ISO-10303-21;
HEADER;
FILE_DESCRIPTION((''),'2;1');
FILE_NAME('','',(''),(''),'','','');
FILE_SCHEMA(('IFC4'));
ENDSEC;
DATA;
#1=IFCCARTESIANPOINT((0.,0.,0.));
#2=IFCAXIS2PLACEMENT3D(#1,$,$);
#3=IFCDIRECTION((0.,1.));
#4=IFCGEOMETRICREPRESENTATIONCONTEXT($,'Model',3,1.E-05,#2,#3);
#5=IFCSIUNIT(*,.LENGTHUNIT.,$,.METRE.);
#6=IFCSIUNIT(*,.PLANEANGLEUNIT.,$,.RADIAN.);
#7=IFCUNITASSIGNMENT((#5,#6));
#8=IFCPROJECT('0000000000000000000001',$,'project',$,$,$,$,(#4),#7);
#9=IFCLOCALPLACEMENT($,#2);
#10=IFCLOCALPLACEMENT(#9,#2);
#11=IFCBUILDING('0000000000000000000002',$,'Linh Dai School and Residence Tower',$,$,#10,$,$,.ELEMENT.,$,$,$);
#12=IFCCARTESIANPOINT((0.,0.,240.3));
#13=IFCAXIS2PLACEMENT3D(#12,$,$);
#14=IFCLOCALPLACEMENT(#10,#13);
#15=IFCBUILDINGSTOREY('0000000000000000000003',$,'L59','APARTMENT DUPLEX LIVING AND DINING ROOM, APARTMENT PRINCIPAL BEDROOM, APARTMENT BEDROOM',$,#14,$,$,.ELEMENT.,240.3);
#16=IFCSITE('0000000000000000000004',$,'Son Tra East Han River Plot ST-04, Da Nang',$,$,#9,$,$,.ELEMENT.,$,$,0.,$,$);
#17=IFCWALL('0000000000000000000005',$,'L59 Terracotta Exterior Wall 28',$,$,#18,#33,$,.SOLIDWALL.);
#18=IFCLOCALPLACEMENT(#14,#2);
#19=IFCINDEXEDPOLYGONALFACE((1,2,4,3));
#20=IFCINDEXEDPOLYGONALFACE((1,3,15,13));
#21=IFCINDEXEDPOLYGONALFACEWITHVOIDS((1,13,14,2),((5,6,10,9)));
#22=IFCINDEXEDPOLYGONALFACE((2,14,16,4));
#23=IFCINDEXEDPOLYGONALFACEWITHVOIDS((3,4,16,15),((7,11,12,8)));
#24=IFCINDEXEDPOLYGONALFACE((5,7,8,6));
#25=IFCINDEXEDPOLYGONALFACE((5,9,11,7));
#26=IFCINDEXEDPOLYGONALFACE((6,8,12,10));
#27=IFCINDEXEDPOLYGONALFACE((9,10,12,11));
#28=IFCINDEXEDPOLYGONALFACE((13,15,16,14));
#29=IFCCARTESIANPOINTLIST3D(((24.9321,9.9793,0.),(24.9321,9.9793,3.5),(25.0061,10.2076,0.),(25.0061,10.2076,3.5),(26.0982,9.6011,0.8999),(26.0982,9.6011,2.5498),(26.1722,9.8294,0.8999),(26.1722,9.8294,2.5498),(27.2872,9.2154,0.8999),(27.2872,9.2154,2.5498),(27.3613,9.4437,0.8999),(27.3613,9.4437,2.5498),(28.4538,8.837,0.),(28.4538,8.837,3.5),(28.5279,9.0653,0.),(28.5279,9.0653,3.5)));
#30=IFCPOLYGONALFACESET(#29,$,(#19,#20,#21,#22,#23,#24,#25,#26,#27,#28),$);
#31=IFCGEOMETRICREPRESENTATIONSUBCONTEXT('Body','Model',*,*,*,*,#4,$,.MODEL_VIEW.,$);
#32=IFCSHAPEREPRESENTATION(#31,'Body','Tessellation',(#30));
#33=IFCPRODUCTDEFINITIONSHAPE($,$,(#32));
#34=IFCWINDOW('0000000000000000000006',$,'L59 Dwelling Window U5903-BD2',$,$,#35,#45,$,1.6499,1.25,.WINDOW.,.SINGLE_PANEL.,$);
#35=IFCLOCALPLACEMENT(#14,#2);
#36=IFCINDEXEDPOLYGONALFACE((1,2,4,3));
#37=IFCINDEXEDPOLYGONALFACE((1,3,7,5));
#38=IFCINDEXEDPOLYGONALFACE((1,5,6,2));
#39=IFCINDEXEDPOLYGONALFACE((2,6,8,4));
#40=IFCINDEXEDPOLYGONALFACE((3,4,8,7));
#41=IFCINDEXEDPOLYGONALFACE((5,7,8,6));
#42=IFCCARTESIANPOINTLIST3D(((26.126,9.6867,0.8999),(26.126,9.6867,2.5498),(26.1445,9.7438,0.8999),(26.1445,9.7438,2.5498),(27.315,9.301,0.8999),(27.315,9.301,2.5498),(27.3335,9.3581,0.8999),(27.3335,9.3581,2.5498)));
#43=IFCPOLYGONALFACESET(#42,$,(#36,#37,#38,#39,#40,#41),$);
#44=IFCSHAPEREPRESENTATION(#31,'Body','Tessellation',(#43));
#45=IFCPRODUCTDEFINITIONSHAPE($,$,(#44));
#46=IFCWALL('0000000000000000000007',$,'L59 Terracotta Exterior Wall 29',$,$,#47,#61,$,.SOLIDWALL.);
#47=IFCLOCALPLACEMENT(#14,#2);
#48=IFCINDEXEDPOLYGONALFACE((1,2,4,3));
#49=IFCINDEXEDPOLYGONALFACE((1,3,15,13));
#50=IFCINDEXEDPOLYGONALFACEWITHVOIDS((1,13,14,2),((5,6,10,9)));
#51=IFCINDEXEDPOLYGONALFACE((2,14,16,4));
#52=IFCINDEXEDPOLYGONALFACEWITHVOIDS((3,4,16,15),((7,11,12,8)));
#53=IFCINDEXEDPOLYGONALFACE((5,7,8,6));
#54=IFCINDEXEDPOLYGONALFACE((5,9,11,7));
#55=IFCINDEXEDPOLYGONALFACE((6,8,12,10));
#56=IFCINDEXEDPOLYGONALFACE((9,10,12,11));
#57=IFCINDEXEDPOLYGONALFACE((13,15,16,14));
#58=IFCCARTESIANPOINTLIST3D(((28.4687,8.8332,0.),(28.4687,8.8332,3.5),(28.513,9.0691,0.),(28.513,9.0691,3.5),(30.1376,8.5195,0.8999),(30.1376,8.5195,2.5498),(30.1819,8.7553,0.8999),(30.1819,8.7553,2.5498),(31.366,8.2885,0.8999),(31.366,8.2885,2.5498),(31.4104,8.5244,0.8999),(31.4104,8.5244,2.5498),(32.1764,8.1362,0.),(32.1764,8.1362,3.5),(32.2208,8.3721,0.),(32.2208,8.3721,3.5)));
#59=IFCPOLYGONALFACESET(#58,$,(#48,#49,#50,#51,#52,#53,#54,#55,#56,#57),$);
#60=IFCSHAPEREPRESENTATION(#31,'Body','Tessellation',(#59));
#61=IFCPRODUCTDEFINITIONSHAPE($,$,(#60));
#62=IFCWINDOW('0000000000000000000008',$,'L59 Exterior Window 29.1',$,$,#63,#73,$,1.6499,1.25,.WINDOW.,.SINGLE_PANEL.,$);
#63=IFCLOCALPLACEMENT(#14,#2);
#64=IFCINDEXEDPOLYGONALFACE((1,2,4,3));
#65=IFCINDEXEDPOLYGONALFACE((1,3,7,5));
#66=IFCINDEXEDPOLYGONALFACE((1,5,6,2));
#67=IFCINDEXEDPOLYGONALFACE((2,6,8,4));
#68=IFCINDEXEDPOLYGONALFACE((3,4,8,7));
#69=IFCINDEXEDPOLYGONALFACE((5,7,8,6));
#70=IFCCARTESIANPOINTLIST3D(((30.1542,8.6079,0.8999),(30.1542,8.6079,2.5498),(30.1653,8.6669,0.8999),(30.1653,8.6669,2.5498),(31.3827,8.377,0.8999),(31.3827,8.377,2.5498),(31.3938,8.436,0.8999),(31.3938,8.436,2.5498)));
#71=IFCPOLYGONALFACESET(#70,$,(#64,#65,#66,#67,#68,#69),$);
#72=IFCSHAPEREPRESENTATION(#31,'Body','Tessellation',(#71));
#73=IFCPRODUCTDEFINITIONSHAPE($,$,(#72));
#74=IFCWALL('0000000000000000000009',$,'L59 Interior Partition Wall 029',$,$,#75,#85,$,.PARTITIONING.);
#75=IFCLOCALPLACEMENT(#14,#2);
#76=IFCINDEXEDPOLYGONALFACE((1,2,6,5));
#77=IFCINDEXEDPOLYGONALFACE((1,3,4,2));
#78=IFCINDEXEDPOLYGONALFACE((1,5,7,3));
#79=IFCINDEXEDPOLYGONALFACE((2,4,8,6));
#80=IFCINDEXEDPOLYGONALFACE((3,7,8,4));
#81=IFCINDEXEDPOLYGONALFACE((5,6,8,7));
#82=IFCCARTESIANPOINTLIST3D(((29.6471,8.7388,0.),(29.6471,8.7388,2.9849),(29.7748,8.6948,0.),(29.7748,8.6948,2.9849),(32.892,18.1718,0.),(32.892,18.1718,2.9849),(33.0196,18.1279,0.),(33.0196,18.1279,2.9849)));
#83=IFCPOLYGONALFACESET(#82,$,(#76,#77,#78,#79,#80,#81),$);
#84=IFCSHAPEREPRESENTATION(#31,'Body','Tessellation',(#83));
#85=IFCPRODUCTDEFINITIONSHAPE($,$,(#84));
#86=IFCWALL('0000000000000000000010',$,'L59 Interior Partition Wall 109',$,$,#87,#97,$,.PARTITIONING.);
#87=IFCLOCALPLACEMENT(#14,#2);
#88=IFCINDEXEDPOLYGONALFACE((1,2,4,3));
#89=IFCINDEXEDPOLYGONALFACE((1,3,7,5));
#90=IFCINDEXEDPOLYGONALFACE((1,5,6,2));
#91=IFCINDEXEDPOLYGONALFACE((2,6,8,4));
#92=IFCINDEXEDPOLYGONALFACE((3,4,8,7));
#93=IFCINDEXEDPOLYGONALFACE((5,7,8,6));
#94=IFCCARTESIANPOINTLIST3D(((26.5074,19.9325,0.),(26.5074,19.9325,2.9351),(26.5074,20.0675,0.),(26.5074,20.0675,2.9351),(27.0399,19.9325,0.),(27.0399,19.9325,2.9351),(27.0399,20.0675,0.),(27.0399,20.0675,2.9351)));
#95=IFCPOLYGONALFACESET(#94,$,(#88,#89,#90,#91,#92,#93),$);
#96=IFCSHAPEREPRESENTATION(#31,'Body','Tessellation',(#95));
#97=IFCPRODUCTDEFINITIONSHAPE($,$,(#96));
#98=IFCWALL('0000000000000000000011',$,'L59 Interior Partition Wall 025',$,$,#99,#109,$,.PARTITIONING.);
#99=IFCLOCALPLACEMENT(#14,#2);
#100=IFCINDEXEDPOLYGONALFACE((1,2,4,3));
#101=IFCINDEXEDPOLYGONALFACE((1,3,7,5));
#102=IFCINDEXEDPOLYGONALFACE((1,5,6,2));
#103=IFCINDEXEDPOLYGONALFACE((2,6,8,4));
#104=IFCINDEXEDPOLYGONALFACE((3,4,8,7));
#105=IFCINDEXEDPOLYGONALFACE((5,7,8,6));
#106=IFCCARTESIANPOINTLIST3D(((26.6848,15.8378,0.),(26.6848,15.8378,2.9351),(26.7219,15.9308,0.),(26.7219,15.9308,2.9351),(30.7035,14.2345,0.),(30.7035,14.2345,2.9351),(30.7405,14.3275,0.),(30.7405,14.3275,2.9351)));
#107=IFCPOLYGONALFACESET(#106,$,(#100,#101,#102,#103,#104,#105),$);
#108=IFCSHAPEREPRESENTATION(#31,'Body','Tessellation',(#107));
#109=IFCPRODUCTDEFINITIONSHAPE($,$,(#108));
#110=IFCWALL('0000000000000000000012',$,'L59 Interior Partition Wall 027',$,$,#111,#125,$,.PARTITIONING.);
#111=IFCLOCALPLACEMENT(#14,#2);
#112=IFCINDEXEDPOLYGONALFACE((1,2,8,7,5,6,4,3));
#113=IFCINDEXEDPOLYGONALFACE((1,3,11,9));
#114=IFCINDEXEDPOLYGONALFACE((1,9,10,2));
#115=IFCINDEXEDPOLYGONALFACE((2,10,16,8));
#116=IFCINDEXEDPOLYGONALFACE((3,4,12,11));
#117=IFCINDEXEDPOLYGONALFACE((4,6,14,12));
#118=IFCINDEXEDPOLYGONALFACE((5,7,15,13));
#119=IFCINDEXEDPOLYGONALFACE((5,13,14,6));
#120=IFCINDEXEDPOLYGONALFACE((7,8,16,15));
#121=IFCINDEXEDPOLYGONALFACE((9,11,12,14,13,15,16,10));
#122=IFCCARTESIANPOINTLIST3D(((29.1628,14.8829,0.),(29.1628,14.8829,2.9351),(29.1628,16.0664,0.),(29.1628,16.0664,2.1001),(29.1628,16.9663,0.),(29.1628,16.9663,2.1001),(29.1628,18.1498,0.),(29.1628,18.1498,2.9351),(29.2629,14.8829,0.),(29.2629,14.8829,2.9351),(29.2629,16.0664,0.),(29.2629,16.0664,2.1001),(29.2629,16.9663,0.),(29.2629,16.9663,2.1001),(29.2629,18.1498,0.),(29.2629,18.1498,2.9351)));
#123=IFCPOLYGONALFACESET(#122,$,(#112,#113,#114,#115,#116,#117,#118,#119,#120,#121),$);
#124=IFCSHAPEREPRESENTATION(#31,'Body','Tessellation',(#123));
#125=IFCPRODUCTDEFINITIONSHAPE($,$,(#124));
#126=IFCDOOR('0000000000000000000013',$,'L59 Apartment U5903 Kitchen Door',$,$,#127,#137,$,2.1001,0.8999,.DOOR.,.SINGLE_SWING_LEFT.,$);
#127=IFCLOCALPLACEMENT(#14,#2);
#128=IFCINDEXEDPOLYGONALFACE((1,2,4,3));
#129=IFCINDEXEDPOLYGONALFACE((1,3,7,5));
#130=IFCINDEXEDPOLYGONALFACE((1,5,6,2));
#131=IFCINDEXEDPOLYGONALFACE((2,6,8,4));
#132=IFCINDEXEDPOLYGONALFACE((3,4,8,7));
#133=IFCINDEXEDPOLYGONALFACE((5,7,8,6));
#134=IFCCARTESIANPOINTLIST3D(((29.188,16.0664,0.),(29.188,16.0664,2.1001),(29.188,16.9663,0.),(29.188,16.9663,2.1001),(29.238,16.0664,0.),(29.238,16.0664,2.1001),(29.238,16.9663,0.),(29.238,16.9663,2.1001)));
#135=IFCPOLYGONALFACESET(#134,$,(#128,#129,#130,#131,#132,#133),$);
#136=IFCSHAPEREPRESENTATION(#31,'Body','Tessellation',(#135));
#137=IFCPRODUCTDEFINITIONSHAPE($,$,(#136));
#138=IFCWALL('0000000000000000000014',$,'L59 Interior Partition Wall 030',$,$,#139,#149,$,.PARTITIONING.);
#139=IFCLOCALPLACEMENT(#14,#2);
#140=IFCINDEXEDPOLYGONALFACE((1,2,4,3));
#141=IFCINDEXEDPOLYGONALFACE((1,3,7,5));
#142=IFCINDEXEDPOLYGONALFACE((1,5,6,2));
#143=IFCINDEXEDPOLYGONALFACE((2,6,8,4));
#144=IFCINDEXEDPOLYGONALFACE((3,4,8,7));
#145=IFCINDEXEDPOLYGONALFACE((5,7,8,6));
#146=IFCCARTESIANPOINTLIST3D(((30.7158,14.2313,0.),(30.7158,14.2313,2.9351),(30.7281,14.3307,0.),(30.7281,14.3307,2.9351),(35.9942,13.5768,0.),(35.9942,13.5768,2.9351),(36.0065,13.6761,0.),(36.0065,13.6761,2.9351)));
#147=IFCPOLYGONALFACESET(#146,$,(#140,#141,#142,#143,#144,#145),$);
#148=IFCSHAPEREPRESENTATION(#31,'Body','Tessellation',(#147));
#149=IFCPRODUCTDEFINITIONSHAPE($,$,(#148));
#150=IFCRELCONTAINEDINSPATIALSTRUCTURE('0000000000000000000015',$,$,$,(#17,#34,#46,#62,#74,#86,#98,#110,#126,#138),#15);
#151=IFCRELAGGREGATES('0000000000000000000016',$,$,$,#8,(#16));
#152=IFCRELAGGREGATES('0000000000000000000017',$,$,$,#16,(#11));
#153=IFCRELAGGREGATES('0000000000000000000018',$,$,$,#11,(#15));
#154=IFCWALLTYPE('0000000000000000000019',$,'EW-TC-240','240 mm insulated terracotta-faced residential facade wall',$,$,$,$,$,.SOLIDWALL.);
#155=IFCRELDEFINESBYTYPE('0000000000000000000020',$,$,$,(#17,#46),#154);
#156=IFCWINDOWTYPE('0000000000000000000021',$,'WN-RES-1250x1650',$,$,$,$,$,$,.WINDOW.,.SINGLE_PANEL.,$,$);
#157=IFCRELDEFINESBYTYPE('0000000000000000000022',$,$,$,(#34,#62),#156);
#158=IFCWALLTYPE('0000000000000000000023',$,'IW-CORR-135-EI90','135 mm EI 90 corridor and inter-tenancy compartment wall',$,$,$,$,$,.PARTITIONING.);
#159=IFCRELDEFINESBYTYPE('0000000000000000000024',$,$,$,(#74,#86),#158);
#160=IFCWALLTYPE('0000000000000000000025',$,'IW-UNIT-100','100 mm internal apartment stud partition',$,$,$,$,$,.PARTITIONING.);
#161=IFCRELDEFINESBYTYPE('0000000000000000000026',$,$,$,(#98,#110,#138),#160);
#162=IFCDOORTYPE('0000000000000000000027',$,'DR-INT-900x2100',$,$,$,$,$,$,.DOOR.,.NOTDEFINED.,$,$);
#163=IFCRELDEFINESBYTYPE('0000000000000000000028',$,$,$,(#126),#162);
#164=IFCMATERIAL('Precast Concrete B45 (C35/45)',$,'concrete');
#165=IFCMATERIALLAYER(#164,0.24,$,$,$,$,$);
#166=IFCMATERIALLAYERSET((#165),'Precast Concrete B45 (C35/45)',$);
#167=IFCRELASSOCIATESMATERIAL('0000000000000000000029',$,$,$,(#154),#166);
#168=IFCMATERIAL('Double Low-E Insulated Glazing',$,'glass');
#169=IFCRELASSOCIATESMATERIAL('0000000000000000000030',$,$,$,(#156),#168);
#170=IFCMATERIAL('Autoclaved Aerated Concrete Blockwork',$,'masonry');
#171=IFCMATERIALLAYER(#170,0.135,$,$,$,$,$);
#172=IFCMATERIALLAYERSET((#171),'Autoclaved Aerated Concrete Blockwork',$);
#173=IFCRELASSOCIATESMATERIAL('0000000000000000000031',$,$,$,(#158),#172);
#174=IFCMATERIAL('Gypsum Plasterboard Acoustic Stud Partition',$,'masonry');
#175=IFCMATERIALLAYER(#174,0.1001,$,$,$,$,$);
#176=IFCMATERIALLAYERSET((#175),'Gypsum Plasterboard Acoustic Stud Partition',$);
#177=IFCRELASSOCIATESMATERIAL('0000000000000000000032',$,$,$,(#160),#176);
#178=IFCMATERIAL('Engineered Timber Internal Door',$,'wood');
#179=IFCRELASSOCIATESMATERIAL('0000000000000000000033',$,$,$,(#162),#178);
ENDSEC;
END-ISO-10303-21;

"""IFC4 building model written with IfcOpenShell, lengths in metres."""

from ifc_helpers import new_model, si_unit, direction, frame, frame_2d, origin, origin_2d, place, context, subcontext, project, spatial, rectangle, extrude, source, transform, mapped, material, layer, layer_set, type_object, element, fill, save


model = new_model("IFC4")

# Units and contexts
model_context = context("Model", 3, precision=1e-05, world=origin(), true_north=direction((0.0, 1.0)))
body_context = subcontext(model_context, "Body", "Model", "MODEL_VIEW")
ifc_project = project(units=[si_unit("LENGTHUNIT", "METRE"), si_unit("PLANEANGLEUNIT", "RADIAN")], contexts=[model_context])

# Site, building, storey
site_placement = place(None, origin())
site = spatial("IfcSite", under=ifc_project, at=site_placement, Name="Son Tra East Han River Plot ST-04, Da Nang", CompositionType="ELEMENT", RefElevation=0.0)
building_placement = place(site_placement, origin())
building = spatial("IfcBuilding", under=site, at=building_placement, Name="Linh Dai School and Residence Tower", CompositionType="ELEMENT")
storey_placement = place(building_placement, frame((0.0, 0.0, 240.3)))
storey = spatial("IfcBuildingStorey", under=building, at=storey_placement, Name="L59", Description="APARTMENT DUPLEX LIVING AND DINING ROOM, APARTMENT PRINCIPAL BEDROOM, APARTMENT BEDROOM", CompositionType="ELEMENT", Elevation=240.3)

# Shared definitions
ifc_material_1 = material(Name="Precast Concrete B45 (C35/45)", Category="concrete")

# Shared definitions
ifc_layer_1 = layer(ifc_material_1, 0.24)
ifc_layer_set_1 = layer_set([ifc_layer_1], Name="Precast Concrete B45 (C35/45)")
wall_type_1 = type_object("IfcWallType", Name="EW-TC-240", Description="240 mm insulated terracotta-faced residential facade wall", PredefinedType="SOLIDWALL", material=ifc_layer_set_1)

# Walls, openings, windows
wall_1_placement = place(storey_placement, frame((28.4907, 8.9512, 0.0), z_axis=(0.0, 0.0, 1.0), x_axis=(-0.951211, 0.308542, 0.0)))
wall_1 = element("IfcWall", 1, at=wall_1_placement, inside=storey, type_object=wall_type_1, Name="L59 Terracotta Exterior Wall 28", PredefinedType="SOLIDWALL", context=body_context, shape_type="SweptSolid", body=[
    extrude(rectangle(XDim=3.7024, YDim=0.24, at=frame_2d((1.8511, 0.0))), origin(), (0.0, 0.0, 1.0), 3.5),
])
opening_1_placement = place(wall_1_placement, frame((1.2263, 0.0, 0.8999)))
opening_1 = element("IfcOpeningElement", 2, at=opening_1_placement, cuts=wall_1, PredefinedType="OPENING", context=body_context, shape_type="SweptSolid", body=[
    extrude(rectangle(XDim=1.25, YDim=1.6499, at=origin_2d()), frame((0.625, 0.1299, 0.825), z_axis=(0.0, -1.0, 0.0), x_axis=(1.0, 0.0, 0.0)), (0.0, 0.0, 1.0), 0.26),
])
ifc_material_2 = material(Name="Double Low-E Insulated Glazing", Category="glass")
window_type = type_object("IfcWindowType", Name="WN-RES-1250x1650", PartitioningType="SINGLE_PANEL", PredefinedType="WINDOW", material=ifc_material_2)
shared_shape_1 = source(origin(), body_context, "Body", "SweptSolid", [
    extrude(rectangle(XDim=1.25, YDim=1.6499, at=origin_2d()), frame((0.625, 0.03, 0.825), z_axis=(0.0, -1.0, 0.0), x_axis=(1.0, 0.0, 0.0)), (0.0, 0.0, 1.0), 0.0601),
])
window_1_placement = place(opening_1_placement, origin())
window_1 = element("IfcWindow", 3, at=window_1_placement, inside=storey, type_object=window_type, Name="L59 Dwelling Window U5903-BD2", OverallHeight=1.6499, OverallWidth=1.25, PartitioningType="SINGLE_PANEL", PredefinedType="WINDOW", context=body_context, shape_type="MappedRepresentation", body=[
    mapped(shared_shape_1, transform((0.0, 0.0, 0.0), x_axis=(1.0, 0.0, 0.0), y_axis=(0.0, 1.0, 0.0), z_axis=(0.0, 0.0, 1.0), scale=1.0)),
])
fill(opening_1, window_1)
wall_2_placement = place(storey_placement, frame((32.1985, 8.2542, 0.0), z_axis=(0.0, 0.0, 1.0), x_axis=(-0.982785, 0.184753, 0.0)))
wall_2 = element("IfcWall", 4, at=wall_2_placement, inside=storey, type_object=wall_type_1, Name="L59 Terracotta Exterior Wall 29", PredefinedType="SOLIDWALL", context=body_context, shape_type="SweptSolid", body=[
    extrude(rectangle(XDim=3.7727, YDim=0.24, at=frame_2d((1.8862, 0.0))), origin(), (0.0, 0.0, 1.0), 3.5),
])
opening_2_placement = place(wall_2_placement, frame((0.8245, 0.0, 0.8999)))
opening_2 = element("IfcOpeningElement", 5, at=opening_2_placement, cuts=wall_2, PredefinedType="OPENING", context=body_context, shape_type="SweptSolid", body=[
    extrude(rectangle(XDim=1.25, YDim=1.6499, at=origin_2d()), frame((0.625, 0.1299, 0.825), z_axis=(0.0, -1.0, 0.0), x_axis=(1.0, 0.0, 0.0)), (0.0, 0.0, 1.0), 0.26),
])
window_2_placement = place(opening_2_placement, origin())
window_2 = element("IfcWindow", 6, at=window_2_placement, inside=storey, type_object=window_type, Name="L59 Exterior Window 29.1", OverallHeight=1.6499, OverallWidth=1.25, PartitioningType="SINGLE_PANEL", PredefinedType="WINDOW", context=body_context, shape_type="MappedRepresentation", body=[
    mapped(shared_shape_1, transform((0.0, 0.0, 0.0), x_axis=(1.0, 0.0, 0.0), y_axis=(0.0, 1.0, 0.0), z_axis=(0.0, 0.0, 1.0), scale=1.0)),
])
fill(opening_2, window_2)

# Walls
ifc_material_3 = material(Name="Autoclaved Aerated Concrete Blockwork", Category="masonry")
ifc_layer_2 = layer(ifc_material_3, 0.135)
ifc_layer_set_2 = layer_set([ifc_layer_2], Name="Autoclaved Aerated Concrete Blockwork")
wall_type_2 = type_object("IfcWallType", Name="IW-CORR-135-EI90", Description="135 mm EI 90 corridor and inter-tenancy compartment wall", PredefinedType="PARTITIONING", material=ifc_layer_set_2)
wall_3_placement = place(storey_placement, frame((29.7109, 8.7168, 0.0), z_axis=(0.0, 0.0, 1.0), x_axis=(0.325281, 0.945617, 0.0)))
element("IfcWall", 7, at=wall_3_placement, inside=storey, type_object=wall_type_2, Name="L59 Interior Partition Wall 029", PredefinedType="PARTITIONING", context=body_context, shape_type="SweptSolid", body=[
    extrude(rectangle(XDim=9.9756, YDim=0.135, at=frame_2d((4.9878, 0.0))), origin(), (0.0, 0.0, 1.0), 2.9849),
])
wall_4_placement = place(storey_placement, frame((26.5076, 20.0, 0.0), z_axis=(0.0, 0.0, 1.0), x_axis=(1.0, 0.0, 0.0)))
element("IfcWall", 8, at=wall_4_placement, inside=storey, type_object=wall_type_2, Name="L59 Interior Partition Wall 109", PredefinedType="PARTITIONING", context=body_context, shape_type="SweptSolid", body=[
    extrude(rectangle(XDim=0.5325, YDim=0.135, at=frame_2d((0.2661, 0.0))), origin(), (0.0, 0.0, 1.0), 2.9351),
])
ifc_material_4 = material(Name="Gypsum Plasterboard Acoustic Stud Partition", Category="masonry")
ifc_layer_3 = layer(ifc_material_4, 0.1001)
ifc_layer_set_3 = layer_set([ifc_layer_3], Name="Gypsum Plasterboard Acoustic Stud Partition")
wall_type_3 = type_object("IfcWallType", Name="IW-UNIT-100", Description="100 mm internal apartment stud partition", PredefinedType="PARTITIONING", material=ifc_layer_set_3)
wall_5_placement = place(storey_placement, frame((26.7034, 15.8843, 0.0), z_axis=(0.0, 0.0, 1.0), x_axis=(0.928807, -0.370564, 0.0)))
element("IfcWall", 9, at=wall_5_placement, inside=storey, type_object=wall_type_3, Name="L59 Interior Partition Wall 025", PredefinedType="PARTITIONING", context=body_context, shape_type="SweptSolid", body=[
    extrude(rectangle(XDim=4.3267, YDim=0.1001, at=frame_2d((2.1633, 0.0))), origin(), (0.0, 0.0, 1.0), 2.9351),
])

# Wall, opening, door
wall_6_placement = place(storey_placement, frame((29.2129, 14.8831, 0.0), z_axis=(0.0, 0.0, 1.0), x_axis=(0.0, 1.0, 0.0)))
wall_6 = element("IfcWall", 10, at=wall_6_placement, inside=storey, type_object=wall_type_3, Name="L59 Interior Partition Wall 027", PredefinedType="PARTITIONING", context=body_context, shape_type="SweptSolid", body=[
    extrude(rectangle(XDim=3.2668, YDim=0.1001, at=frame_2d((1.6333, 0.0))), origin(), (0.0, 0.0, 1.0), 2.9351),
])
opening_3_placement = place(wall_6_placement, frame((1.1833, 0.0, 0.0)))
opening_3 = element("IfcOpeningElement", 11, at=opening_3_placement, cuts=wall_6, PredefinedType="OPENING", context=body_context, shape_type="SweptSolid", body=[
    extrude(rectangle(XDim=0.8999, YDim=2.1001, at=origin_2d()), frame((0.45, 0.0601, 1.05), z_axis=(0.0, -1.0, 0.0), x_axis=(1.0, 0.0, 0.0)), (0.0, 0.0, 1.0), 0.1201),
])
ifc_material_5 = material(Name="Engineered Timber Internal Door", Category="wood")
door_type_1 = type_object("IfcDoorType", Name="DR-INT-900x2100", OperationType="NOTDEFINED", PredefinedType="DOOR", material=ifc_material_5)
shared_shape_2 = source(origin(), body_context, "Body", "SweptSolid", [
    extrude(rectangle(XDim=0.8999, YDim=2.1001, at=origin_2d()), frame((0.45, 0.0249, 1.05), z_axis=(0.0, -1.0, 0.0), x_axis=(1.0, 0.0, 0.0)), (0.0, 0.0, 1.0), 0.05),
])
door_1_placement = place(opening_3_placement, origin())
door_1 = element("IfcDoor", 12, at=door_1_placement, inside=storey, type_object=door_type_1, Name="L59 Apartment U5903 Kitchen Door", OperationType="SINGLE_SWING_LEFT", OverallHeight=2.1001, OverallWidth=0.8999, PredefinedType="DOOR", context=body_context, shape_type="MappedRepresentation", body=[
    mapped(shared_shape_2, transform((0.0, 0.0, 0.0), x_axis=(1.0, 0.0, 0.0), y_axis=(0.0, 1.0, 0.0), z_axis=(0.0, 0.0, 1.0), scale=1.0)),
])
fill(opening_3, door_1)

# Wall
wall_7_placement = place(storey_placement, frame((30.7219, 14.281, 0.0), z_axis=(0.0, 0.0, 1.0), x_axis=(0.992399, -0.123063, 0.0)))
element("IfcWall", 13, at=wall_7_placement, inside=storey, type_object=wall_type_3, Name="L59 Interior Partition Wall 030", PredefinedType="PARTITIONING", context=body_context, shape_type="SweptSolid", body=[
    extrude(rectangle(XDim=5.3188, YDim=0.1001, at=frame_2d((2.6594, 0.0))), origin(), (0.0, 0.0, 1.0), 2.9351),
])

save(model, "model.ifc")
